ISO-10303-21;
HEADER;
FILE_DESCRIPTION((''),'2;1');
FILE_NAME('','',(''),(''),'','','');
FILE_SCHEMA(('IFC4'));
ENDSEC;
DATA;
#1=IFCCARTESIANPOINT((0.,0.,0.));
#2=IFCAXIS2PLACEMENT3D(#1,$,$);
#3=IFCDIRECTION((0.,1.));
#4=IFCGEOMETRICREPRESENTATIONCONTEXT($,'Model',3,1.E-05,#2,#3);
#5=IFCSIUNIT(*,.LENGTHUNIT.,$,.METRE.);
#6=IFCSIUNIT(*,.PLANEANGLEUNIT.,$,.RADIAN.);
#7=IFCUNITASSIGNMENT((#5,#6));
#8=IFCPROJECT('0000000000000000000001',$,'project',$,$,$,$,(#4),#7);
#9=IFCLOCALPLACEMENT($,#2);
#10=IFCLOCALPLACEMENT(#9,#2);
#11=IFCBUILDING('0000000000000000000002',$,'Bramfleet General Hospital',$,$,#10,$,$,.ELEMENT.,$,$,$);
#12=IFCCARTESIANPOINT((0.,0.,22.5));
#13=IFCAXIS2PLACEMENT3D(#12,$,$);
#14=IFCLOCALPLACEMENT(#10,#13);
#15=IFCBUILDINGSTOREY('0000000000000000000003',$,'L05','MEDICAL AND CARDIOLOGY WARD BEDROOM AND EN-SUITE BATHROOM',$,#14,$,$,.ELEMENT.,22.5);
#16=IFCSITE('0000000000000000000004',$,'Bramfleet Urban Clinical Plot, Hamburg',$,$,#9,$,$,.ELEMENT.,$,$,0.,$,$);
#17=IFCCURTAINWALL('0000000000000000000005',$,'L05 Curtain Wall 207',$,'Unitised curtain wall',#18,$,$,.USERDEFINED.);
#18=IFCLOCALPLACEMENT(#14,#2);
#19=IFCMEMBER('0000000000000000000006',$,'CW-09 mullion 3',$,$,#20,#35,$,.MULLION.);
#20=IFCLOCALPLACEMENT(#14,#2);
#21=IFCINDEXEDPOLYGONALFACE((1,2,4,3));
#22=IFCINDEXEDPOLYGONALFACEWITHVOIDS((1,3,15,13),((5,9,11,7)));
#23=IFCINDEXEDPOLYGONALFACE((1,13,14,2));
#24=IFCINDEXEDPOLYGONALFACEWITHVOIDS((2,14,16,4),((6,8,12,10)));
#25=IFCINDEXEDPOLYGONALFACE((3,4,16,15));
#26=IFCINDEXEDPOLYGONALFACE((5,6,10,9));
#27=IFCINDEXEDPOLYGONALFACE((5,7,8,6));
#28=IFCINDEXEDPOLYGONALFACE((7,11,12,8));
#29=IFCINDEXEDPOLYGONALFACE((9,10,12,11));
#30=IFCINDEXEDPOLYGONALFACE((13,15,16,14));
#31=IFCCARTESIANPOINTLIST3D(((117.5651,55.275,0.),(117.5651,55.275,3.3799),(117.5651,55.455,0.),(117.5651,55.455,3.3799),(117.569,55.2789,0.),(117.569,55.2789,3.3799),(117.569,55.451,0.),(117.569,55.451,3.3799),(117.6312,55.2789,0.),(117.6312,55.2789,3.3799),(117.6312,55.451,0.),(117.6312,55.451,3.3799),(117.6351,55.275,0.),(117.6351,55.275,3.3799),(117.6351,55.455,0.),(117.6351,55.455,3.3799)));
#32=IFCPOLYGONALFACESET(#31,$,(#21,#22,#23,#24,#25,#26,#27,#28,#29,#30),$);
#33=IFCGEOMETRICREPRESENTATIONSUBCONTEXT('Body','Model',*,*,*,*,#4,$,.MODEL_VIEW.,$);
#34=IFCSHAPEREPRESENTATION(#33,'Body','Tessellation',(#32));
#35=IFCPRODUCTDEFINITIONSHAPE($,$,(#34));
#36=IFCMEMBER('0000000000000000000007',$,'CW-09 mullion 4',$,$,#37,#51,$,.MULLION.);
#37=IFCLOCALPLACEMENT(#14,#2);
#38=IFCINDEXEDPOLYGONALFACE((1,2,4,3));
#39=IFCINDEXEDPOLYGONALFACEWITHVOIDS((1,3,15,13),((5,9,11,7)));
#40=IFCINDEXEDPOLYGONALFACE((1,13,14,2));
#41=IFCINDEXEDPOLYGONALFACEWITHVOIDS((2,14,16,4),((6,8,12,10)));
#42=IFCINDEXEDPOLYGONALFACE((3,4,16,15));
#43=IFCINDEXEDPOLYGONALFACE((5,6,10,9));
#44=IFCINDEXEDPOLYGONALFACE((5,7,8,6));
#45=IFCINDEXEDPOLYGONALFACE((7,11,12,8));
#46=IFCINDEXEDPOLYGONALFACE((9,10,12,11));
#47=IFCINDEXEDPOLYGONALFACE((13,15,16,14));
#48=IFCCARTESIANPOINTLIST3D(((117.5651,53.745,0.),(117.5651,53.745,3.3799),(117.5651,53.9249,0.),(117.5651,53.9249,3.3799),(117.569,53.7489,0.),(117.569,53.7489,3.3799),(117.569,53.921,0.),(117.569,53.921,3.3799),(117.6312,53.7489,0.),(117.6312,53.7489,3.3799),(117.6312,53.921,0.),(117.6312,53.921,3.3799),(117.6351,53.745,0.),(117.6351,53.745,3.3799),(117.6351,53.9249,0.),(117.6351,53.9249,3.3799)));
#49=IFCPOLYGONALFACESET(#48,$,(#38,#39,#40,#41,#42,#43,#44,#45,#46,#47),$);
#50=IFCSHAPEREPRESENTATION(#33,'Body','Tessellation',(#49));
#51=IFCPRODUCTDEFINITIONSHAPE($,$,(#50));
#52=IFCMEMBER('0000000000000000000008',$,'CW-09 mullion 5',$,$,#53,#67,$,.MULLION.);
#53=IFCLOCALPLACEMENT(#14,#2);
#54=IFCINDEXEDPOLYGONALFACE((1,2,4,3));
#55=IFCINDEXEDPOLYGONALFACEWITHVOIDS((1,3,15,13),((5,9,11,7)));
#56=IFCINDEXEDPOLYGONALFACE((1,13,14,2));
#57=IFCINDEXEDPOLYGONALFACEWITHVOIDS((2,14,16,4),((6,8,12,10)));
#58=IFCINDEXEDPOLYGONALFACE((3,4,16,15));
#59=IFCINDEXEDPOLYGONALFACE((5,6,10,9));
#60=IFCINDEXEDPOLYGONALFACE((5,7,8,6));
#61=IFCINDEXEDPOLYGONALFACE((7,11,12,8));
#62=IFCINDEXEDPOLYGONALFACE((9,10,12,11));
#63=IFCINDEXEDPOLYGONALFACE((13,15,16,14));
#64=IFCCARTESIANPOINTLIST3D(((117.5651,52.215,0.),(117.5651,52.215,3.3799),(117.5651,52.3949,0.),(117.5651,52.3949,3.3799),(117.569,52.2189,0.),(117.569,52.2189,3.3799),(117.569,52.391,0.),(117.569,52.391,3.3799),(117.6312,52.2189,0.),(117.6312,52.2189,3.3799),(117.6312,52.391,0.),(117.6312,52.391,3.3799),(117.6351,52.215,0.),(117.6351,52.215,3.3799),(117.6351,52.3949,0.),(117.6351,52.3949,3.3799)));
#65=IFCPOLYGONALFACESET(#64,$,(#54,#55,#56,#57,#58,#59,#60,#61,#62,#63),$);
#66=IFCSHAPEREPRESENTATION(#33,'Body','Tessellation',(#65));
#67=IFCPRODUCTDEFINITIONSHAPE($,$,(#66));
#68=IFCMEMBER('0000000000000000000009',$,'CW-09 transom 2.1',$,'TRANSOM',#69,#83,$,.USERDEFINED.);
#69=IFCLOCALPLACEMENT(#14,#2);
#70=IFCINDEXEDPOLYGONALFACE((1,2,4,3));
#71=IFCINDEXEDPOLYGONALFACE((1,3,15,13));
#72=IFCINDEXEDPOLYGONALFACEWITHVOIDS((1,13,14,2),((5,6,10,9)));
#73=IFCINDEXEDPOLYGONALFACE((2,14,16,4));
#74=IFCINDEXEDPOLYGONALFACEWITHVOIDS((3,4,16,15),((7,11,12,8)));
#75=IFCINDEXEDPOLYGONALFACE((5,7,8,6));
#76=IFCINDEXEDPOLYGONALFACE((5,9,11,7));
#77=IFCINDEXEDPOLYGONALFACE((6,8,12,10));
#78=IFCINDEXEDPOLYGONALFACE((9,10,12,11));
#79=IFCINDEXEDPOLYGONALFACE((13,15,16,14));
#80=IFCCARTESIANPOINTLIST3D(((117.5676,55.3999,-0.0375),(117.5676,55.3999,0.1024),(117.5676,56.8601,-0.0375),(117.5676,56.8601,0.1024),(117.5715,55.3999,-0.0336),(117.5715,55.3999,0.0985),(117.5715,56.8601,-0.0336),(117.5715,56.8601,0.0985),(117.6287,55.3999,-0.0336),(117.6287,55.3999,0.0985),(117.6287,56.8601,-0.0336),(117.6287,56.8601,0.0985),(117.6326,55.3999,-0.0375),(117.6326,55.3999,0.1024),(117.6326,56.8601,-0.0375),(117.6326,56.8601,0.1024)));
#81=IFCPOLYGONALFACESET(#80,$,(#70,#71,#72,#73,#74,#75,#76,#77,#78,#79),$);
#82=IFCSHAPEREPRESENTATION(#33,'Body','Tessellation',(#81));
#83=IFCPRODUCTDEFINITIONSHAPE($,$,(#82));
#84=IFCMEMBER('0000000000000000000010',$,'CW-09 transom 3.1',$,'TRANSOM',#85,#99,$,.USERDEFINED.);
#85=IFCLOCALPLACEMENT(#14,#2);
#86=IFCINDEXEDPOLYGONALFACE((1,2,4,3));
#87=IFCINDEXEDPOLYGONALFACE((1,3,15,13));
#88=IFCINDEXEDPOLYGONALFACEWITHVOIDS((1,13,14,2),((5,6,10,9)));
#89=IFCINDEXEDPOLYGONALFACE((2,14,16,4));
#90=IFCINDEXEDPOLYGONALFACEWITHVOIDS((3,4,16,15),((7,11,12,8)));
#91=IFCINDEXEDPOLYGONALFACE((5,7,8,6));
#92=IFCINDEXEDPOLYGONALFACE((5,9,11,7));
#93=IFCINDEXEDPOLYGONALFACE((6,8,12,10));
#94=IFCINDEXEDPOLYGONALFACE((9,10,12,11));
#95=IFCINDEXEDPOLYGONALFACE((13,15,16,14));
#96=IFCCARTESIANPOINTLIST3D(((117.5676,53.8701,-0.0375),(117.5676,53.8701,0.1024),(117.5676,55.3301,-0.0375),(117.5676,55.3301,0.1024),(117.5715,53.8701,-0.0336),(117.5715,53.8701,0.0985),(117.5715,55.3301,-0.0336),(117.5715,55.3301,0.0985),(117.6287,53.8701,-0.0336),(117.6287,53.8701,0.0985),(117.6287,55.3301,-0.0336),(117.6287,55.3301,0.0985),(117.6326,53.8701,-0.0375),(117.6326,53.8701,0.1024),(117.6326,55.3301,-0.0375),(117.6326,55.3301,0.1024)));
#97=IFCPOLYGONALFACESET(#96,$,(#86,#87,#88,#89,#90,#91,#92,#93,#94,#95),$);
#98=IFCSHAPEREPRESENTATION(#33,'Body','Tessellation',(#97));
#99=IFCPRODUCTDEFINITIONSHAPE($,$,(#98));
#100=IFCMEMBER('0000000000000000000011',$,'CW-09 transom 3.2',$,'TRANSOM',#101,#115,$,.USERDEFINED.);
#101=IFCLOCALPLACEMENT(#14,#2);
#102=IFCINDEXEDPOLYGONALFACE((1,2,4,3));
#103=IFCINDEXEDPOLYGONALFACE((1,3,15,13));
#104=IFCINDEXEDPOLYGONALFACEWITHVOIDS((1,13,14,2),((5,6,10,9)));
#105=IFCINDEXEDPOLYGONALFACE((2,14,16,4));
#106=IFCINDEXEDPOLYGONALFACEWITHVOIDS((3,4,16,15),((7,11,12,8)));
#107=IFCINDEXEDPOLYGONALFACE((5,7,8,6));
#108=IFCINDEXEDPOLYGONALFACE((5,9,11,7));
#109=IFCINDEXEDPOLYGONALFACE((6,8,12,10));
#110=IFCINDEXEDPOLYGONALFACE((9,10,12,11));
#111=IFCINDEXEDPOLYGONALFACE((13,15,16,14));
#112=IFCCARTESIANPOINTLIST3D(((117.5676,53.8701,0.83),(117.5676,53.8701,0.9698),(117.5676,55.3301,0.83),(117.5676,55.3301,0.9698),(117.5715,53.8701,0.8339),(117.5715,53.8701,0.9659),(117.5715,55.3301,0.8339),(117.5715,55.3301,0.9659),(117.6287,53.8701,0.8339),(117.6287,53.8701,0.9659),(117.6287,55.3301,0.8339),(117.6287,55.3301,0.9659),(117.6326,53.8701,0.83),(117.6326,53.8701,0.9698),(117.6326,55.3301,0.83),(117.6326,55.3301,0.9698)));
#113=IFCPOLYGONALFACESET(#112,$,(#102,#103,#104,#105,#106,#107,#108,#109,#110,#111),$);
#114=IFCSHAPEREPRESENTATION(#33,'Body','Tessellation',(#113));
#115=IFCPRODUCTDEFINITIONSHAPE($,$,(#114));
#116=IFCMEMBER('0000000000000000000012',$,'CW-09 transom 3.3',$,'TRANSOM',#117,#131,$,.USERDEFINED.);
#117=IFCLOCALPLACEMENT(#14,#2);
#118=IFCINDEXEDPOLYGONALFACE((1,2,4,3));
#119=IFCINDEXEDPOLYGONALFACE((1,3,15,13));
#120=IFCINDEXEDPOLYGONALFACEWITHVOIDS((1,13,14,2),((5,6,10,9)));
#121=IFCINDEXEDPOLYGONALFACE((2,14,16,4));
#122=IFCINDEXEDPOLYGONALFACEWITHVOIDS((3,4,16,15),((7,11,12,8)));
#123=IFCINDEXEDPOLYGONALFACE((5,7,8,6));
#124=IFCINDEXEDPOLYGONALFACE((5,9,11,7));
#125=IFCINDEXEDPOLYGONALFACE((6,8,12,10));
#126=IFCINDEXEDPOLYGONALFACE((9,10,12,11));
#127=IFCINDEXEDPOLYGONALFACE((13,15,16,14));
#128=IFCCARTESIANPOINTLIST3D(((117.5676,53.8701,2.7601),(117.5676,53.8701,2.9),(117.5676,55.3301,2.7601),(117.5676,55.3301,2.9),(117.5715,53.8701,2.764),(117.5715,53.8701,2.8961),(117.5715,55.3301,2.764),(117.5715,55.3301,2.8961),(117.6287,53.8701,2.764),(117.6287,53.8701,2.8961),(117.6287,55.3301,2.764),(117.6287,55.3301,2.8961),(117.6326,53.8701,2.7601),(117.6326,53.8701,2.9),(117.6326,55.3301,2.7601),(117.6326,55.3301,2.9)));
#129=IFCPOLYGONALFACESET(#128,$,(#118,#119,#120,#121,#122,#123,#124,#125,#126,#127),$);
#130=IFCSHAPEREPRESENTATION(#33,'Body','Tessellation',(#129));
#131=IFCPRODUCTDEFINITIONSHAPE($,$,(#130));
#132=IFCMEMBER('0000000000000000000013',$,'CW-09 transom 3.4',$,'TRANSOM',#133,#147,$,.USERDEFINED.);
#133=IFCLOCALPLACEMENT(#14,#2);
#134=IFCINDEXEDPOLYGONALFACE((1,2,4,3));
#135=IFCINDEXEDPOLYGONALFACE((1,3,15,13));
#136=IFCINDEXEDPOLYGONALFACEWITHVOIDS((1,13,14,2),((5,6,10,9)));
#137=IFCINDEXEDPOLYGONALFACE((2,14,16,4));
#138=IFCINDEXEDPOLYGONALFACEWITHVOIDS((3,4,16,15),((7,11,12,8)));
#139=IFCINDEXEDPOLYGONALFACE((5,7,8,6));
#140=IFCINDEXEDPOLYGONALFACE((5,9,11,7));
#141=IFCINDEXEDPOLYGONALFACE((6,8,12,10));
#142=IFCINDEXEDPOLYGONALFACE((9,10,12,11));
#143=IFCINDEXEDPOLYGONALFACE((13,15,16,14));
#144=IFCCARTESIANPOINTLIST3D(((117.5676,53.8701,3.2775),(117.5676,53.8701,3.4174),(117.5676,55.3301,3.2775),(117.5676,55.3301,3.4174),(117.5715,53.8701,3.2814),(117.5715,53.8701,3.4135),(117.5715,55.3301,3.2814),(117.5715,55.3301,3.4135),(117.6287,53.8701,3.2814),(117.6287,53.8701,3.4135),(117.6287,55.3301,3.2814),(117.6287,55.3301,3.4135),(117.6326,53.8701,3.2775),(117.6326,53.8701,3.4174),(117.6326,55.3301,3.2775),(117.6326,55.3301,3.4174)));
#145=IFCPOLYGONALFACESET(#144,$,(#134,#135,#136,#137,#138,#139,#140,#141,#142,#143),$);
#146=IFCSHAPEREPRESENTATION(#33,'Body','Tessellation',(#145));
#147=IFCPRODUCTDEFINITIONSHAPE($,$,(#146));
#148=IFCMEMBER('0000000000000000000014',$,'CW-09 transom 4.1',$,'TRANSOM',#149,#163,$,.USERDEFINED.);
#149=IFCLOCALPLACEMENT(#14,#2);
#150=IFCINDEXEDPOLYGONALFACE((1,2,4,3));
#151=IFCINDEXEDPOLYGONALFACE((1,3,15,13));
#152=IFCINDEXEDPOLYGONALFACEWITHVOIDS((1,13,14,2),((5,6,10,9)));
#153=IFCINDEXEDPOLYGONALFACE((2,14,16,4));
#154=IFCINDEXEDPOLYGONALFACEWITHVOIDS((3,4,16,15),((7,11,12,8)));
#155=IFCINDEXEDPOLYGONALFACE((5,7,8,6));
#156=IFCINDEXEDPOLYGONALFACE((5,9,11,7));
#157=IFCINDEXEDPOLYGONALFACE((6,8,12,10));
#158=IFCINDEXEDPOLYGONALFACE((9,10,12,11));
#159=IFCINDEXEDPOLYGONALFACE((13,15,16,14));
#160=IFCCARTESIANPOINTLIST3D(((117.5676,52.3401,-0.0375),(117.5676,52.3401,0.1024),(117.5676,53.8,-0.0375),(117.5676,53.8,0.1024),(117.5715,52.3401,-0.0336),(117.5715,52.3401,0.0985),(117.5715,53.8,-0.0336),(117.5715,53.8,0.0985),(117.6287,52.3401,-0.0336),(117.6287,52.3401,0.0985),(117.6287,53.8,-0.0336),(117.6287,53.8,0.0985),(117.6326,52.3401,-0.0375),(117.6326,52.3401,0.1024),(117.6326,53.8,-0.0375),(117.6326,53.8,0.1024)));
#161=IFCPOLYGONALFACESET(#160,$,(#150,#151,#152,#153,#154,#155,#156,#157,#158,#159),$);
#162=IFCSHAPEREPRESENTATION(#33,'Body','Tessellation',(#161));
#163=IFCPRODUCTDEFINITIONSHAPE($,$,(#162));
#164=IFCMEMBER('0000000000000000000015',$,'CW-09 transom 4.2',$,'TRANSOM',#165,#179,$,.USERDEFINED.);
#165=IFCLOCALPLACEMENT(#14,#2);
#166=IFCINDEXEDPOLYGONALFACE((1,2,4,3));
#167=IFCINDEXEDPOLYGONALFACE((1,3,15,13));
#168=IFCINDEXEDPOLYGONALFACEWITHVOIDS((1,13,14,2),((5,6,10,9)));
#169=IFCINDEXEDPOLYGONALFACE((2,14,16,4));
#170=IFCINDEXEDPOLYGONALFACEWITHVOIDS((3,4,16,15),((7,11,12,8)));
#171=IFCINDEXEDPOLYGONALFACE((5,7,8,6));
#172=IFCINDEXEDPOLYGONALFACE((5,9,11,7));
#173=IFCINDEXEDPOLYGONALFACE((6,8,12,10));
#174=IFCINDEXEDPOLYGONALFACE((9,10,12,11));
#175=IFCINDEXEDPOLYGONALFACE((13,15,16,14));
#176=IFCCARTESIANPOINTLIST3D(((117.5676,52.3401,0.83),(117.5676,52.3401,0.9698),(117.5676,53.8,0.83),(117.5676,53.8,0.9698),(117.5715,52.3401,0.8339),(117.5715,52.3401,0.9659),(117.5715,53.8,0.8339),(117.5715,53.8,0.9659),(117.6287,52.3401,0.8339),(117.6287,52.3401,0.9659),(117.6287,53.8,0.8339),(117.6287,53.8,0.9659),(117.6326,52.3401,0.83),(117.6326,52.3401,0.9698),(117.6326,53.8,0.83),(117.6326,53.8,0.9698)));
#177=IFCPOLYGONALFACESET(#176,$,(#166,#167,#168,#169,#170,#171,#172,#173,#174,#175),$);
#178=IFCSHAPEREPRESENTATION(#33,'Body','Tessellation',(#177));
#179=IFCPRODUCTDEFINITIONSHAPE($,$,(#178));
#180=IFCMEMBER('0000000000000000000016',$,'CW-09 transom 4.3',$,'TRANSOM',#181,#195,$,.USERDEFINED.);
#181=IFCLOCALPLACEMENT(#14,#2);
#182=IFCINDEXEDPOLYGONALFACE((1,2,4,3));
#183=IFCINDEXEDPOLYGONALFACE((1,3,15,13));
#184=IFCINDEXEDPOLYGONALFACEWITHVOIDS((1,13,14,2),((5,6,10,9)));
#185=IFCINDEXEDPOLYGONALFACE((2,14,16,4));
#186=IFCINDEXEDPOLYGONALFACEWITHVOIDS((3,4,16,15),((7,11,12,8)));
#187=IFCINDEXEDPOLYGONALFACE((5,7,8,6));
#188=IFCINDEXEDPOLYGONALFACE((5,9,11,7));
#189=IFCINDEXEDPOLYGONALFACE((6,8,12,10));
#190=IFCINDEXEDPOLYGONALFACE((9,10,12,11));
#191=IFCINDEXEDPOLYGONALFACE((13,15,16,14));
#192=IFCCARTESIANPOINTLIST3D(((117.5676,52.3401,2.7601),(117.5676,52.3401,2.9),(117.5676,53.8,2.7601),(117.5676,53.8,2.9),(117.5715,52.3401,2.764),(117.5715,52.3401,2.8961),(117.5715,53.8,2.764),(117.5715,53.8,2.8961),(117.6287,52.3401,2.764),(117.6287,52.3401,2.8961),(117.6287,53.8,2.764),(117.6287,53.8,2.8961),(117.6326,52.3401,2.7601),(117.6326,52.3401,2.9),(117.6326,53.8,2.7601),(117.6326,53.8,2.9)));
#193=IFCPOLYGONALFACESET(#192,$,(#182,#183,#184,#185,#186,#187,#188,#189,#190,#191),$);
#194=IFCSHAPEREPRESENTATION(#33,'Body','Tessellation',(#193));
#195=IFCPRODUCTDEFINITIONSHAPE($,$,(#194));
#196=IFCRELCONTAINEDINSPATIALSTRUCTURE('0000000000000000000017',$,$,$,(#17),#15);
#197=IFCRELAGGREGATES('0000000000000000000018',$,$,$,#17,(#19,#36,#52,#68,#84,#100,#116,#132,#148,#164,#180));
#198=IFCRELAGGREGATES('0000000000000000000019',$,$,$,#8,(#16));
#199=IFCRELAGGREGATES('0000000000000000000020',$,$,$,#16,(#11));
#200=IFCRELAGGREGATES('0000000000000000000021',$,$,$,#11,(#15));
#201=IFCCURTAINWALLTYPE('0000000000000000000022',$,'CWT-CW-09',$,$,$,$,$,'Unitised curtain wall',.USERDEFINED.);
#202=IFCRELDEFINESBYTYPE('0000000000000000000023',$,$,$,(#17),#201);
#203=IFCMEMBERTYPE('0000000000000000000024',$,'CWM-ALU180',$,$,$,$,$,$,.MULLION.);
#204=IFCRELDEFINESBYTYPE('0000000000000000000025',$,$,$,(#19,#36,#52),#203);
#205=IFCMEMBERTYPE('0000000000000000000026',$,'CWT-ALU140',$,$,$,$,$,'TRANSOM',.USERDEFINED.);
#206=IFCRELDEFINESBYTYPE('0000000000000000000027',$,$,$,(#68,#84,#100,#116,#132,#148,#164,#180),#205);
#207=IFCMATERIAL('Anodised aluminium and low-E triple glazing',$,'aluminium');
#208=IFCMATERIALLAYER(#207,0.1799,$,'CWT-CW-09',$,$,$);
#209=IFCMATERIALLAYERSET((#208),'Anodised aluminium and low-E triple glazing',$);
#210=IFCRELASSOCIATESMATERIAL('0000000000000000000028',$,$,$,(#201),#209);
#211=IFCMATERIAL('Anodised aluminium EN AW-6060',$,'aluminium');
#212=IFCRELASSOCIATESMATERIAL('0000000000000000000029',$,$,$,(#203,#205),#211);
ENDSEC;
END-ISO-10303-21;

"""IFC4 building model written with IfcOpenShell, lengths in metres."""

from ifc_helpers import new_model, si_unit, direction, frame, origin, origin_2d, place, context, subcontext, project, spatial, hollow_rectangle, extrude, material, layer, layer_set, material_profile, profile_set, type_object, element, aggregate, save


model = new_model("IFC4")

# Units and contexts
model_context = context("Model", 3, precision=1e-05, world=origin(), true_north=direction((0.0, 1.0)))
body_context = subcontext(model_context, "Body", "Model", "MODEL_VIEW")
ifc_project = project(units=[si_unit("LENGTHUNIT", "METRE"), si_unit("PLANEANGLEUNIT", "RADIAN")], contexts=[model_context])

# Site, building, storey
site_placement = place(None, origin())
site = spatial("IfcSite", under=ifc_project, at=site_placement, Name="Bramfleet Urban Clinical Plot, Hamburg", CompositionType="ELEMENT", RefElevation=0.0)
building_placement = place(site_placement, origin())
building = spatial("IfcBuilding", under=site, at=building_placement, Name="Bramfleet General Hospital", CompositionType="ELEMENT")
storey_placement = place(building_placement, frame((0.0, 0.0, 22.5)))
storey = spatial("IfcBuildingStorey", under=building, at=storey_placement, Name="L05", Description="MEDICAL AND CARDIOLOGY WARD BEDROOM AND EN-SUITE BATHROOM", CompositionType="ELEMENT", Elevation=22.5)

# Curtain wall, members
ifc_material_1 = material(Name="Anodised aluminium and low-E triple glazing", Category="aluminium")
ifc_layer_1 = layer(ifc_material_1, 0.1799, Name="CWT-CW-09")
ifc_layer_set_1 = layer_set([ifc_layer_1], Name="Anodised aluminium and low-E triple glazing")
curtain_wall_type = type_object("IfcCurtainWallType", Name="CWT-CW-09", ElementType="Unitised curtain wall", PredefinedType="USERDEFINED", material=ifc_layer_set_1)
curtain_wall_placement = place(storey_placement, origin())
curtain_wall = element("IfcCurtainWall", 1, at=curtain_wall_placement, inside=storey, type_object=curtain_wall_type, Name="L05 Curtain Wall 207", ObjectType="Unitised curtain wall", PredefinedType="USERDEFINED")
ifc_material_2 = material(Name="Anodised aluminium EN AW-6060", Category="aluminium")
ifc_material_profile_1 = material_profile(ifc_material_2, hollow_rectangle(XDim=0.0701, YDim=0.1799, WallThickness=0.0039, at=origin_2d()), Name="ALU 180x70x4.0")
ifc_profile_set_1 = profile_set([ifc_material_profile_1], Name="Anodised aluminium EN AW-6060")
member_type_1 = type_object("IfcMemberType", Name="CWM-ALU180", PredefinedType="MULLION", material=ifc_profile_set_1)
member_1_placement = place(storey_placement, frame((117.6001, 55.365, 0.0), z_axis=(0.0, 0.0, 1.0), x_axis=(1.0, 0.0, 0.0)))
member_1 = element("IfcMember", 2, at=member_1_placement, type_object=member_type_1, Name="CW-09 mullion 3", PredefinedType="MULLION", context=body_context, shape_type="SweptSolid", body=[
    extrude(hollow_rectangle(XDim=0.0701, YDim=0.1799, WallThickness=0.0039, at=origin_2d()), origin(), (0.0, 0.0, 1.0), 3.3799),
])
member_2_placement = place(storey_placement, frame((117.6001, 53.835, 0.0), z_axis=(0.0, 0.0, 1.0), x_axis=(1.0, 0.0, 0.0)))
member_2 = element("IfcMember", 3, at=member_2_placement, type_object=member_type_1, Name="CW-09 mullion 4", PredefinedType="MULLION", context=body_context, shape_type="SweptSolid", body=[
    extrude(hollow_rectangle(XDim=0.0701, YDim=0.1799, WallThickness=0.0039, at=origin_2d()), origin(), (0.0, 0.0, 1.0), 3.3799),
])
member_3_placement = place(storey_placement, frame((117.6001, 52.3049, 0.0), z_axis=(0.0, 0.0, 1.0), x_axis=(1.0, 0.0, 0.0)))
member_3 = element("IfcMember", 4, at=member_3_placement, type_object=member_type_1, Name="CW-09 mullion 5", PredefinedType="MULLION", context=body_context, shape_type="SweptSolid", body=[
    extrude(hollow_rectangle(XDim=0.0701, YDim=0.1799, WallThickness=0.0039, at=origin_2d()), origin(), (0.0, 0.0, 1.0), 3.3799),
])
ifc_material_profile_2 = material_profile(ifc_material_2, hollow_rectangle(XDim=0.0649, YDim=0.1399, WallThickness=0.0039, at=origin_2d()), Name="ALU 140x65x4.0")
ifc_profile_set_2 = profile_set([ifc_material_profile_2], Name="Anodised aluminium EN AW-6060")
member_type_2 = type_object("IfcMemberType", Name="CWT-ALU140", ElementType="TRANSOM", PredefinedType="USERDEFINED", material=ifc_profile_set_2)
member_4_placement = place(storey_placement, frame((117.6001, 56.8601, 0.0325), z_axis=(0.0, -1.0, 0.0), x_axis=(1.0, 0.0, 0.0)))
member_4 = element("IfcMember", 5, at=member_4_placement, type_object=member_type_2, Name="CW-09 transom 2.1", ObjectType="TRANSOM", PredefinedType="USERDEFINED", context=body_context, shape_type="SweptSolid", body=[
    extrude(hollow_rectangle(XDim=0.0649, YDim=0.1399, WallThickness=0.0039, at=origin_2d()), origin(), (0.0, 0.0, 1.0), 1.4602),
])
member_5_placement = place(storey_placement, frame((117.6001, 55.3301, 0.0325), z_axis=(0.0, -1.0, 0.0), x_axis=(1.0, 0.0, 0.0)))
member_5 = element("IfcMember", 6, at=member_5_placement, type_object=member_type_2, Name="CW-09 transom 3.1", ObjectType="TRANSOM", PredefinedType="USERDEFINED", context=body_context, shape_type="SweptSolid", body=[
    extrude(hollow_rectangle(XDim=0.0649, YDim=0.1399, WallThickness=0.0039, at=origin_2d()), origin(), (0.0, 0.0, 1.0), 1.46),
])
member_6_placement = place(storey_placement, frame((117.6001, 55.3301, 0.8999), z_axis=(0.0, -1.0, 0.0), x_axis=(1.0, 0.0, 0.0)))
member_6 = element("IfcMember", 7, at=member_6_placement, type_object=member_type_2, Name="CW-09 transom 3.2", ObjectType="TRANSOM", PredefinedType="USERDEFINED", context=body_context, shape_type="SweptSolid", body=[
    extrude(hollow_rectangle(XDim=0.0649, YDim=0.1399, WallThickness=0.0039, at=origin_2d()), origin(), (0.0, 0.0, 1.0), 1.46),
])
member_7_placement = place(storey_placement, frame((117.6001, 55.3301, 2.8301), z_axis=(0.0, -1.0, 0.0), x_axis=(1.0, 0.0, 0.0)))
member_7 = element("IfcMember", 8, at=member_7_placement, type_object=member_type_2, Name="CW-09 transom 3.3", ObjectType="TRANSOM", PredefinedType="USERDEFINED", context=body_context, shape_type="SweptSolid", body=[
    extrude(hollow_rectangle(XDim=0.0649, YDim=0.1399, WallThickness=0.0039, at=origin_2d()), origin(), (0.0, 0.0, 1.0), 1.46),
])
member_8_placement = place(storey_placement, frame((117.6001, 55.3301, 3.3474), z_axis=(0.0, -1.0, 0.0), x_axis=(1.0, 0.0, 0.0)))
member_8 = element("IfcMember", 9, at=member_8_placement, type_object=member_type_2, Name="CW-09 transom 3.4", ObjectType="TRANSOM", PredefinedType="USERDEFINED", context=body_context, shape_type="SweptSolid", body=[
    extrude(hollow_rectangle(XDim=0.0649, YDim=0.1399, WallThickness=0.0039, at=origin_2d()), origin(), (0.0, 0.0, 1.0), 1.46),
])
member_9_placement = place(storey_placement, frame((117.6001, 53.8, 0.0325), z_axis=(0.0, -1.0, 0.0), x_axis=(1.0, 0.0, 0.0)))
member_9 = element("IfcMember", 10, at=member_9_placement, type_object=member_type_2, Name="CW-09 transom 4.1", ObjectType="TRANSOM", PredefinedType="USERDEFINED", context=body_context, shape_type="SweptSolid", body=[
    extrude(hollow_rectangle(XDim=0.0649, YDim=0.1399, WallThickness=0.0039, at=origin_2d()), origin(), (0.0, 0.0, 1.0), 1.46),
])
member_10_placement = place(storey_placement, frame((117.6001, 53.8, 0.8999), z_axis=(0.0, -1.0, 0.0), x_axis=(1.0, 0.0, 0.0)))
member_10 = element("IfcMember", 11, at=member_10_placement, type_object=member_type_2, Name="CW-09 transom 4.2", ObjectType="TRANSOM", PredefinedType="USERDEFINED", context=body_context, shape_type="SweptSolid", body=[
    extrude(hollow_rectangle(XDim=0.0649, YDim=0.1399, WallThickness=0.0039, at=origin_2d()), origin(), (0.0, 0.0, 1.0), 1.46),
])
member_11_placement = place(storey_placement, frame((117.6001, 53.8, 2.8301), z_axis=(0.0, -1.0, 0.0), x_axis=(1.0, 0.0, 0.0)))
member_11 = element("IfcMember", 12, at=member_11_placement, type_object=member_type_2, Name="CW-09 transom 4.3", ObjectType="TRANSOM", PredefinedType="USERDEFINED", context=body_context, shape_type="SweptSolid", body=[
    extrude(hollow_rectangle(XDim=0.0649, YDim=0.1399, WallThickness=0.0039, at=origin_2d()), origin(), (0.0, 0.0, 1.0), 1.46),
])
aggregate(curtain_wall, [member_1, member_2, member_3, member_4, member_5, member_6, member_7, member_8, member_9, member_10, member_11])

save(model, "model.ifc")
